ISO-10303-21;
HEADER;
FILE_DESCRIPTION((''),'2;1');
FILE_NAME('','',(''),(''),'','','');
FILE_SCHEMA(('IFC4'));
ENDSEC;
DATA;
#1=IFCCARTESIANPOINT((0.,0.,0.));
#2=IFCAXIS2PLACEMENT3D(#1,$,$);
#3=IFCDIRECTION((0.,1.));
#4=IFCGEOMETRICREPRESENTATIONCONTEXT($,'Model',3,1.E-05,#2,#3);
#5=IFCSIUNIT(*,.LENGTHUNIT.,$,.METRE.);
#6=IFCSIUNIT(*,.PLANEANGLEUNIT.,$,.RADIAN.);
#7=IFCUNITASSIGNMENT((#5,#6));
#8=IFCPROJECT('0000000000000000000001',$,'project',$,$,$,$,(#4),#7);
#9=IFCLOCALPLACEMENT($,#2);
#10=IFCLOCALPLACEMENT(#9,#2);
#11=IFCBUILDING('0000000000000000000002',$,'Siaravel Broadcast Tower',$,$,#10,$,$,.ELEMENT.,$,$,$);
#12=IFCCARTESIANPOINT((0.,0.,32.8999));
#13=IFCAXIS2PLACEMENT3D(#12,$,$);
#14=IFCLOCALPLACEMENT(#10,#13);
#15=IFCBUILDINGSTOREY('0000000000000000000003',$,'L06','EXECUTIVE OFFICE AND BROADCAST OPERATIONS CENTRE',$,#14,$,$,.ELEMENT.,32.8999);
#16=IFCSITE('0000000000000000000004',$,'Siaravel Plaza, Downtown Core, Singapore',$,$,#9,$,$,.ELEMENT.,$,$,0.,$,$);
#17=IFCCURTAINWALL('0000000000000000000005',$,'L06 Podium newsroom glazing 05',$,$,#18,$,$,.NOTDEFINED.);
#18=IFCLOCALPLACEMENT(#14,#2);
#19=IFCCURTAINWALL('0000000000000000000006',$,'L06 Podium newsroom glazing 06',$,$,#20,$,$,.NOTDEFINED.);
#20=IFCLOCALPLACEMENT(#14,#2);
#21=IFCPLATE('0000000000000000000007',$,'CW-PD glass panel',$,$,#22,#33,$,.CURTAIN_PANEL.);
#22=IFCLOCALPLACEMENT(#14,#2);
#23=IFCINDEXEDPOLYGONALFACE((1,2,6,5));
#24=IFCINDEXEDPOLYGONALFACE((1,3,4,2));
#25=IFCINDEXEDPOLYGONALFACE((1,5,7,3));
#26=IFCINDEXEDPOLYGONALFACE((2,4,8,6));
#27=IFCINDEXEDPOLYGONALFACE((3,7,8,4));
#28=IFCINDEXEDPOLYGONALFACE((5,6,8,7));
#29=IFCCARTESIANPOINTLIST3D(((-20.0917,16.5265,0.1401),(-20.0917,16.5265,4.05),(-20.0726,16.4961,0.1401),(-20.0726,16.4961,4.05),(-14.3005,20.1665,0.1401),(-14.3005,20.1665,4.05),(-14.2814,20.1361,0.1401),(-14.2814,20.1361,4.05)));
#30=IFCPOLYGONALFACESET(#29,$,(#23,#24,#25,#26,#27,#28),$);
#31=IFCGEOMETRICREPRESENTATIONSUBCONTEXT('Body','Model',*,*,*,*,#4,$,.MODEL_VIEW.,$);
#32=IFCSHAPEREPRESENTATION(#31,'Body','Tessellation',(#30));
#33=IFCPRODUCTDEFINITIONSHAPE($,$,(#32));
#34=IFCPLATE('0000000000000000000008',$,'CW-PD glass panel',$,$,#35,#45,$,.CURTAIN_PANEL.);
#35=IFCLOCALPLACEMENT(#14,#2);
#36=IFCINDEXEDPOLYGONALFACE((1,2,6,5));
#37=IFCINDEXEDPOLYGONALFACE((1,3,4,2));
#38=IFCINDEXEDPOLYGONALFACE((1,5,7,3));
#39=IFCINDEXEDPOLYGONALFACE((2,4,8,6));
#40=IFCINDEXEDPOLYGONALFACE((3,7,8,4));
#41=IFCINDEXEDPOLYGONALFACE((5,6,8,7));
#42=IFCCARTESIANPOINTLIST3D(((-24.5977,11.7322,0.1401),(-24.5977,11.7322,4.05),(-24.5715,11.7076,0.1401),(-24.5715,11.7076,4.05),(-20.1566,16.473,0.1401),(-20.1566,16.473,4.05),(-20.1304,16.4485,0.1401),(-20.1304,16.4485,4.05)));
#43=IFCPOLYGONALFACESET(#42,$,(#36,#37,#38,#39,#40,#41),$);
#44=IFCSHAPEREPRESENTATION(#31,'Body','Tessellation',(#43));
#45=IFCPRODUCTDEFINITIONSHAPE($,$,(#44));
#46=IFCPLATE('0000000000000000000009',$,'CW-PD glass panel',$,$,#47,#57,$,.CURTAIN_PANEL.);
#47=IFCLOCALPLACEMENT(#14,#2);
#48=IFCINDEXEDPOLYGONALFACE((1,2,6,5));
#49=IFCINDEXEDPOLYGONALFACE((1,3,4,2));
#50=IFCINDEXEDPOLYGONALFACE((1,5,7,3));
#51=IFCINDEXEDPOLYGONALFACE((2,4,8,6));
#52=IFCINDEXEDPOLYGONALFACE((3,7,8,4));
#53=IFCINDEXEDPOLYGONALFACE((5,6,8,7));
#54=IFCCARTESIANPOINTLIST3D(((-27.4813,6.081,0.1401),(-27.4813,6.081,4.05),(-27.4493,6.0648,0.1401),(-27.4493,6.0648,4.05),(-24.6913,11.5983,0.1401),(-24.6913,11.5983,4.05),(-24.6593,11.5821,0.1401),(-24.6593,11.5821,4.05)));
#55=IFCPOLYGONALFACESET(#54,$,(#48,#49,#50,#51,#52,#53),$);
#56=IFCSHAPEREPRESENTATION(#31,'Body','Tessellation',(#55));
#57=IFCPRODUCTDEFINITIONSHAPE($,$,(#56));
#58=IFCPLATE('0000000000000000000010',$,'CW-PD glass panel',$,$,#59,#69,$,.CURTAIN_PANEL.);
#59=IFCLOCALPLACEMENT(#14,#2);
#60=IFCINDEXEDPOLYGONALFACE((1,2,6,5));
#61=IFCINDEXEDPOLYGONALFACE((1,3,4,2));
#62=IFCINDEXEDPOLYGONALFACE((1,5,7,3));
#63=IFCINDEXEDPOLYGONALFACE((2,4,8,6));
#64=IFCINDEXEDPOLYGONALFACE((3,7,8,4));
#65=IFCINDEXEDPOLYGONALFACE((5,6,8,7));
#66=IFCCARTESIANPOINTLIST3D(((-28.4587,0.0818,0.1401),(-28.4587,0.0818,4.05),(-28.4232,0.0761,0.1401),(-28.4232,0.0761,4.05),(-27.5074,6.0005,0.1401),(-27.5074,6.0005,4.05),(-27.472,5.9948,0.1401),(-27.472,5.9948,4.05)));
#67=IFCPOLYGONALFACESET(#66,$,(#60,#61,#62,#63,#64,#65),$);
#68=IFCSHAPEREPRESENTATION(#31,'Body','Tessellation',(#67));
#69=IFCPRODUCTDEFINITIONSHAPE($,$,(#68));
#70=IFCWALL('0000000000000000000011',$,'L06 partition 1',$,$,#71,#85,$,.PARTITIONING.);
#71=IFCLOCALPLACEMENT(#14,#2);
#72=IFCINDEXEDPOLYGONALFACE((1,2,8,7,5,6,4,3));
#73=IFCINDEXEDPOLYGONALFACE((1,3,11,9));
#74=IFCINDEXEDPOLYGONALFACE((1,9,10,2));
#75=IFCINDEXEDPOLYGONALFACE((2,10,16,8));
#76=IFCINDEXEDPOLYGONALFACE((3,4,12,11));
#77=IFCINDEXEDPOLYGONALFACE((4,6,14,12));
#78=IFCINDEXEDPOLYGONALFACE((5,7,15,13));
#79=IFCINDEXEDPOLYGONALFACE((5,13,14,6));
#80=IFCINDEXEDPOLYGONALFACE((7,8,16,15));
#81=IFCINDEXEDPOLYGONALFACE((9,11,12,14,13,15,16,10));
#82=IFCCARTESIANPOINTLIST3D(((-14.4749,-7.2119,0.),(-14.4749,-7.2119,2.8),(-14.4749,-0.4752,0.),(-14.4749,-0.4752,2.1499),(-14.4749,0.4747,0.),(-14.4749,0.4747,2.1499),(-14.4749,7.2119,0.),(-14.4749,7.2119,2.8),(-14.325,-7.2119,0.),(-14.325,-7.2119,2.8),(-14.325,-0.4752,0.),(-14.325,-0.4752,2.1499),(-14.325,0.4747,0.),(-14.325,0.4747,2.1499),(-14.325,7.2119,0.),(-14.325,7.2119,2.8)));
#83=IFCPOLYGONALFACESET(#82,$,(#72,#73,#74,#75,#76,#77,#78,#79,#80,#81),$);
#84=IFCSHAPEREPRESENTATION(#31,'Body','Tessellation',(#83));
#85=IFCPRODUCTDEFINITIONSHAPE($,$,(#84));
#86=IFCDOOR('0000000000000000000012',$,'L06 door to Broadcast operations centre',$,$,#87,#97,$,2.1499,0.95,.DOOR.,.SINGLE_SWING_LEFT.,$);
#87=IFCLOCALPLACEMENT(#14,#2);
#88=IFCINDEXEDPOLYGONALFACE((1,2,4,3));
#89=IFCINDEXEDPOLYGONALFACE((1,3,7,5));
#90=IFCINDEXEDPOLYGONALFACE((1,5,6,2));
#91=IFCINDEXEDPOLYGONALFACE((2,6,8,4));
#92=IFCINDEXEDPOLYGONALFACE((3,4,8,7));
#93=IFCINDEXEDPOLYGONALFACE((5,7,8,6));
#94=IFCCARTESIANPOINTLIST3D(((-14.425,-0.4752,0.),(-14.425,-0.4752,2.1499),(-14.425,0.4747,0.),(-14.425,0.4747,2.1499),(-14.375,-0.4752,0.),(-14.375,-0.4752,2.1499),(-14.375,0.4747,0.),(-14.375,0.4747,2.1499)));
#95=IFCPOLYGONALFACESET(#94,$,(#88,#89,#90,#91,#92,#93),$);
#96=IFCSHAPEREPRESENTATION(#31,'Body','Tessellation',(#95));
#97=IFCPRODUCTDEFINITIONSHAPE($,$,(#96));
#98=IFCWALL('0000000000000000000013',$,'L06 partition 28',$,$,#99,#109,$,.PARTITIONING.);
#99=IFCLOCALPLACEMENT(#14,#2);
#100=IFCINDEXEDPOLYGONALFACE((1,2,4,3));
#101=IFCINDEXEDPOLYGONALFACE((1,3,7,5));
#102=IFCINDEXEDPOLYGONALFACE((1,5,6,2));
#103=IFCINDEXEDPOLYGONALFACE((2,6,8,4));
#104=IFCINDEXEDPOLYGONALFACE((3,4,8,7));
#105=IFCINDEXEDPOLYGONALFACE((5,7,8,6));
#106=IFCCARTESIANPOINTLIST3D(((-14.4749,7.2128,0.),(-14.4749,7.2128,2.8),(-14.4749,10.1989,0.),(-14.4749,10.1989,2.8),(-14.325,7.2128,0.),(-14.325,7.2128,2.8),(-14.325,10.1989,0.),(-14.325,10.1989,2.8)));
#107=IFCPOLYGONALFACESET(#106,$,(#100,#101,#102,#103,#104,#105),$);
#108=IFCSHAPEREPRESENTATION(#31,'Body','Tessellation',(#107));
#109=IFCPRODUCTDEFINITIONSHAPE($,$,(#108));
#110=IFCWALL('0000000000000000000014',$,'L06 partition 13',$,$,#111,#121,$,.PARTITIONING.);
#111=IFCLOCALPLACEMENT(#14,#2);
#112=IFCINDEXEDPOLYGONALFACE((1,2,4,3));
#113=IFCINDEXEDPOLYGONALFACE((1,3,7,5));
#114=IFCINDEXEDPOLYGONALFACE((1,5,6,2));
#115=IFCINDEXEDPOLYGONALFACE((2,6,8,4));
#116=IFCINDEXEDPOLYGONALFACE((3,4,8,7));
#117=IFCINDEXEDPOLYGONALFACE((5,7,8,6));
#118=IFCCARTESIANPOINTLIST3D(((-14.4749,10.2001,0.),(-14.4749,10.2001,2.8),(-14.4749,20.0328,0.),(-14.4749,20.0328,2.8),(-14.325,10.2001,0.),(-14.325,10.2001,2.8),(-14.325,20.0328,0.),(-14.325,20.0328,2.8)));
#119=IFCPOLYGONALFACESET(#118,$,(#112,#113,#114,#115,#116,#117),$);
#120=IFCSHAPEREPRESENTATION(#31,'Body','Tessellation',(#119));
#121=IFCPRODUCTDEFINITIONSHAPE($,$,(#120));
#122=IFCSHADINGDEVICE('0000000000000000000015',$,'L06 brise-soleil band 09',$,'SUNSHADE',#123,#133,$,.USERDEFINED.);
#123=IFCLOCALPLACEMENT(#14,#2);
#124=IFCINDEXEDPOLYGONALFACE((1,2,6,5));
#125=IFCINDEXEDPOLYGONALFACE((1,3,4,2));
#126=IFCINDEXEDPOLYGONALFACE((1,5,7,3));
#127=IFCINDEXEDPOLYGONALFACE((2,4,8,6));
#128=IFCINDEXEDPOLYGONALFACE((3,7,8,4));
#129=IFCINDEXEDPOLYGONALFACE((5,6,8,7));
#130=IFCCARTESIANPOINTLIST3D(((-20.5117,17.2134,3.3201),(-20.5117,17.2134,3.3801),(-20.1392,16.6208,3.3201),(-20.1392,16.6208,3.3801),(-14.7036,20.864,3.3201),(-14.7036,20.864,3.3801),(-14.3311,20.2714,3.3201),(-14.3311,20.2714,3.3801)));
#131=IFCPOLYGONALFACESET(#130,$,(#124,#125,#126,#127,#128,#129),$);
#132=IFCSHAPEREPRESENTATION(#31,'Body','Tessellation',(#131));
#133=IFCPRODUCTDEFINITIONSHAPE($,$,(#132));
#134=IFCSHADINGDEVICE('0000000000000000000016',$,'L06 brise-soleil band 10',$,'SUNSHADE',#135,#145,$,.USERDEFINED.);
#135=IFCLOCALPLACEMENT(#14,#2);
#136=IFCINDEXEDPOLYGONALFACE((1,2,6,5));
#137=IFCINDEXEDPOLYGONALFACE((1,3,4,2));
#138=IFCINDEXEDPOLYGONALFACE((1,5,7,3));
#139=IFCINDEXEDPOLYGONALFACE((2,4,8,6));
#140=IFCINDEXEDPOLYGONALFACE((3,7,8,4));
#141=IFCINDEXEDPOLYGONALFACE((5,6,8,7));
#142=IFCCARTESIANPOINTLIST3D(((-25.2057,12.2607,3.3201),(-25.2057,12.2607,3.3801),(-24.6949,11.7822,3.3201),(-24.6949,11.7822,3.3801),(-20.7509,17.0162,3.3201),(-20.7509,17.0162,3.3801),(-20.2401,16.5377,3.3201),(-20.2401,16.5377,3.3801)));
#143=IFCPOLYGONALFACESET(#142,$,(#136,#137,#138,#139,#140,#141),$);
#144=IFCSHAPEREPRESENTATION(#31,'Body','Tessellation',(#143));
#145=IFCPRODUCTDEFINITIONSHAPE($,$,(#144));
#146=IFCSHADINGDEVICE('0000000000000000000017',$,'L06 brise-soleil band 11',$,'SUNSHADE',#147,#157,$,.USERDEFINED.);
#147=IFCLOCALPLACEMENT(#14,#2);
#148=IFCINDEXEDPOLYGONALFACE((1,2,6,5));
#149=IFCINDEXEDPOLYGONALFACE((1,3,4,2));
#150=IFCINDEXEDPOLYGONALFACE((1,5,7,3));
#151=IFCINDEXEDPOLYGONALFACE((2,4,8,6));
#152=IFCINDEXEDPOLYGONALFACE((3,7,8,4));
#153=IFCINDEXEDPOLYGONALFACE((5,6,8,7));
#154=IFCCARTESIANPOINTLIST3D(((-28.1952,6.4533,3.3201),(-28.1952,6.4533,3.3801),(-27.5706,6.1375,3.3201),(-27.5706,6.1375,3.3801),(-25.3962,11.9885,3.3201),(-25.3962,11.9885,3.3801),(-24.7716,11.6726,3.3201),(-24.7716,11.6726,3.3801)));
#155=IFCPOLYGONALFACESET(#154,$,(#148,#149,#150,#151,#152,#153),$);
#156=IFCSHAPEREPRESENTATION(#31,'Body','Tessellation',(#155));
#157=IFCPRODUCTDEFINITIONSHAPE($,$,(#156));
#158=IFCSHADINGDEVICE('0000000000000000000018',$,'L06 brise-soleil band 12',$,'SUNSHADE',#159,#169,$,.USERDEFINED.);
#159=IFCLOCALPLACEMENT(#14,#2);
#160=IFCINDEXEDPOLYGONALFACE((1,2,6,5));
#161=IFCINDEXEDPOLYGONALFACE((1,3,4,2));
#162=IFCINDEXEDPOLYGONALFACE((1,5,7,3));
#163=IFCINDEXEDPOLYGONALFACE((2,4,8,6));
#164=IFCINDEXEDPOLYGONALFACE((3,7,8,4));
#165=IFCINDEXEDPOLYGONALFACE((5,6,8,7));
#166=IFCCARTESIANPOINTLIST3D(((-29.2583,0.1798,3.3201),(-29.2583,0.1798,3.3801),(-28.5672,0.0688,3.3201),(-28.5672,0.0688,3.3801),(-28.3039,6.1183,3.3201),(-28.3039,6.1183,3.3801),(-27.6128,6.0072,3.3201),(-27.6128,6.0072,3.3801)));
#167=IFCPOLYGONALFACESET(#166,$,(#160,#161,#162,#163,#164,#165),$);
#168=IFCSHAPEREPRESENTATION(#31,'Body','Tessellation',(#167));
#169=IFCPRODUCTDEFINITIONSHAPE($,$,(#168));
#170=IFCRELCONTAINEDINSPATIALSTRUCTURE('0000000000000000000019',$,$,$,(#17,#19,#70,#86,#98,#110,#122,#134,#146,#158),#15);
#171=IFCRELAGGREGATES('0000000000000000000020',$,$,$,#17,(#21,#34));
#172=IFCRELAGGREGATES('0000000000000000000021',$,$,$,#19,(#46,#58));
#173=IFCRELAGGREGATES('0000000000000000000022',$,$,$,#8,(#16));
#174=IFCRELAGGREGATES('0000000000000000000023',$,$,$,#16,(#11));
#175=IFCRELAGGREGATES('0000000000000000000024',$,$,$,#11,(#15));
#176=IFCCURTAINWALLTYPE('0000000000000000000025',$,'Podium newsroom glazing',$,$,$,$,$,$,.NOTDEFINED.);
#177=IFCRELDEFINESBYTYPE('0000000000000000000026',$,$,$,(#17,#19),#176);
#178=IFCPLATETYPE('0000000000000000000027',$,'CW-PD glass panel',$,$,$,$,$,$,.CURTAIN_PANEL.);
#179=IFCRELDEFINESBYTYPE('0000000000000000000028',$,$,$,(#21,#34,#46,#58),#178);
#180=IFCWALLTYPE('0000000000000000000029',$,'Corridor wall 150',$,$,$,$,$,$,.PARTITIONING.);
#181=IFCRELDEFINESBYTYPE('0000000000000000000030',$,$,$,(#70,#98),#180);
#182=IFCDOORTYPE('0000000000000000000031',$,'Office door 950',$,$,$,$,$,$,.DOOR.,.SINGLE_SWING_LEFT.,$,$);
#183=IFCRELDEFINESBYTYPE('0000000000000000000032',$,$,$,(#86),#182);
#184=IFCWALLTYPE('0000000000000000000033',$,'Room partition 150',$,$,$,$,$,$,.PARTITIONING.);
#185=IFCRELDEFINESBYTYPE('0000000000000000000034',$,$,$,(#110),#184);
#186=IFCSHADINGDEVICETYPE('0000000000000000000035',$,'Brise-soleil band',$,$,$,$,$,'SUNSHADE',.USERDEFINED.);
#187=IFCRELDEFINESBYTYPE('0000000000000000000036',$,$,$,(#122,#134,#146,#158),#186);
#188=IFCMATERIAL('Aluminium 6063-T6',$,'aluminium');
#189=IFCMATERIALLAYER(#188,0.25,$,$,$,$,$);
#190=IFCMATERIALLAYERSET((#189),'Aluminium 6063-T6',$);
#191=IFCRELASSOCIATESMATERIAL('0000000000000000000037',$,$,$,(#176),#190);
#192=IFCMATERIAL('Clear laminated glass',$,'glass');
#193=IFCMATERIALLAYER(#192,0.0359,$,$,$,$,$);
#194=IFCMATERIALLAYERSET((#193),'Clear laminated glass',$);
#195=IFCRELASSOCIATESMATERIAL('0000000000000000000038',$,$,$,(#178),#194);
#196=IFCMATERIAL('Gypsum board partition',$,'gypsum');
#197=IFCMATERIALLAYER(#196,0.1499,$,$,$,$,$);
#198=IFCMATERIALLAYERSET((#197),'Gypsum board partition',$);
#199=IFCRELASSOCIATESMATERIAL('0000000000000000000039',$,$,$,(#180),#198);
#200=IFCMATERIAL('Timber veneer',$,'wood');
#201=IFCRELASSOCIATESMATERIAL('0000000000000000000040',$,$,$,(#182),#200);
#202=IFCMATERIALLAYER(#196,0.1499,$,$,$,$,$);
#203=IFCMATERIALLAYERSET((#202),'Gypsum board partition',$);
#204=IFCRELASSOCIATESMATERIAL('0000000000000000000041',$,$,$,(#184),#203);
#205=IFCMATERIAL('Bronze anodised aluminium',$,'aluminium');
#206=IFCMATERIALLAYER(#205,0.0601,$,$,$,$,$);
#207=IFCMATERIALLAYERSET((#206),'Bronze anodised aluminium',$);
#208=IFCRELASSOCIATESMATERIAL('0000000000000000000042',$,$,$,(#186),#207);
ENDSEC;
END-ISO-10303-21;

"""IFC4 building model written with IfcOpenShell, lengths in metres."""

from ifc_helpers import new_model, si_unit, direction, frame, frame_2d, origin, origin_2d, place, context, subcontext, project, spatial, rectangle, extrude, material, layer, layer_set, type_object, element, fill, aggregate, save


model = new_model("IFC4")

# Units and contexts
model_context = context("Model", 3, precision=1e-05, world=origin(), true_north=direction((0.0, 1.0)))
body_context = subcontext(model_context, "Body", "Model", "MODEL_VIEW")
ifc_project = project(units=[si_unit("LENGTHUNIT", "METRE"), si_unit("PLANEANGLEUNIT", "RADIAN")], contexts=[model_context])

# Site, building, storey
site_placement = place(None, origin())
site = spatial("IfcSite", under=ifc_project, at=site_placement, Name="Siaravel Plaza, Downtown Core, Singapore", CompositionType="ELEMENT", RefElevation=0.0)
building_placement = place(site_placement, origin())
building = spatial("IfcBuilding", under=site, at=building_placement, Name="Siaravel Broadcast Tower", CompositionType="ELEMENT")
storey_placement = place(building_placement, frame((0.0, 0.0, 32.8999)))
storey = spatial("IfcBuildingStorey", under=building, at=storey_placement, Name="L06", Description="EXECUTIVE OFFICE AND BROADCAST OPERATIONS CENTRE", CompositionType="ELEMENT", Elevation=32.8999)

# Curtain walls
ifc_material_1 = material(Name="Aluminium 6063-T6", Category="aluminium")
ifc_layer_1 = layer(ifc_material_1, 0.25)
ifc_layer_set_1 = layer_set([ifc_layer_1], Name="Aluminium 6063-T6")
curtain_wall_type = type_object("IfcCurtainWallType", Name="Podium newsroom glazing", PredefinedType="NOTDEFINED", material=ifc_layer_set_1)
curtain_wall_1_placement = place(storey_placement, origin())
curtain_wall_1 = element("IfcCurtainWall", 1, at=curtain_wall_1_placement, inside=storey, type_object=curtain_wall_type, Name="L06 Podium newsroom glazing 05", PredefinedType="NOTDEFINED")
curtain_wall_2_placement = place(storey_placement, origin())
curtain_wall_2 = element("IfcCurtainWall", 2, at=curtain_wall_2_placement, inside=storey, type_object=curtain_wall_type, Name="L06 Podium newsroom glazing 06", PredefinedType="NOTDEFINED")

# Plates
ifc_material_2 = material(Name="Clear laminated glass", Category="glass")
ifc_layer_2 = layer(ifc_material_2, 0.0359)
ifc_layer_set_2 = layer_set([ifc_layer_2], Name="Clear laminated glass")
plate_type = type_object("IfcPlateType", Name="CW-PD glass panel", PredefinedType="CURTAIN_PANEL", material=ifc_layer_set_2)
plate_1_placement = place(storey_placement, frame((-17.1865, 18.3313, 0.1401), z_axis=(0.0, 0.0, 1.0), x_axis=(-0.846651, -0.532148, 0.0)))
plate_1 = element("IfcPlate", 3, at=plate_1_placement, type_object=plate_type, Name="CW-PD glass panel", PredefinedType="CURTAIN_PANEL", context=body_context, shape_type="SweptSolid", body=[
    extrude(rectangle(XDim=6.8401, YDim=0.0359, at=origin_2d()), origin(), (0.0, 0.0, 1.0), 3.9099),
])
plate_2_placement = place(storey_placement, frame((-22.364, 14.0903, 0.1401), z_axis=(0.0, 0.0, 1.0), x_axis=(-0.683656, -0.729804, 0.0)))
plate_2 = element("IfcPlate", 4, at=plate_2_placement, type_object=plate_type, Name="CW-PD glass panel", PredefinedType="CURTAIN_PANEL", context=body_context, shape_type="SweptSolid", body=[
    extrude(rectangle(XDim=6.4961, YDim=0.0359, at=origin_2d()), origin(), (0.0, 0.0, 1.0), 3.9099),
])
aggregate(curtain_wall_1, [plate_1, plate_2])
plate_3_placement = place(storey_placement, frame((-26.0703, 8.8315, 0.1401), z_axis=(0.0, 0.0, 1.0), x_axis=(-0.451262, -0.892391, 0.0)))
plate_3 = element("IfcPlate", 5, at=plate_3_placement, type_object=plate_type, Name="CW-PD glass panel", PredefinedType="CURTAIN_PANEL", context=body_context, shape_type="SweptSolid", body=[
    extrude(rectangle(XDim=6.1826, YDim=0.0359, at=origin_2d()), origin(), (0.0, 0.0, 1.0), 3.9099),
])
plate_4_placement = place(storey_placement, frame((-27.9653, 3.0383, 0.1401), z_axis=(0.0, 0.0, 1.0), x_axis=(-0.158686, -0.987329, 0.0)))
plate_4 = element("IfcPlate", 6, at=plate_4_placement, type_object=plate_type, Name="CW-PD glass panel", PredefinedType="CURTAIN_PANEL", context=body_context, shape_type="SweptSolid", body=[
    extrude(rectangle(XDim=5.9946, YDim=0.0359, at=origin_2d()), origin(), (0.0, 0.0, 1.0), 3.9099),
])
aggregate(curtain_wall_2, [plate_3, plate_4])

# Wall, opening, door
ifc_material_3 = material(Name="Gypsum board partition", Category="gypsum")
ifc_layer_3 = layer(ifc_material_3, 0.1499)
ifc_layer_set_3 = layer_set([ifc_layer_3], Name="Gypsum board partition")
wall_type_1 = type_object("IfcWallType", Name="Corridor wall 150", PredefinedType="PARTITIONING", material=ifc_layer_set_3)
wall_1_placement = place(storey_placement, frame((-14.3999, 7.2119, 0.0), z_axis=(0.0, 0.0, 1.0), x_axis=(0.0, -1.0, 0.0)))
wall_1 = element("IfcWall", 7, at=wall_1_placement, inside=storey, type_object=wall_type_1, Name="L06 partition 1", PredefinedType="PARTITIONING", context=body_context, shape_type="SweptSolid", body=[
    extrude(rectangle(XDim=14.4238, YDim=0.1499, at=frame_2d((7.2119, 0.0))), origin(), (0.0, 0.0, 1.0), 2.8),
])
opening_placement = place(wall_1_placement, frame((6.7371, 0.0, 0.0)))
opening = element("IfcOpeningElement", 8, at=opening_placement, cuts=wall_1, PredefinedType="OPENING", context=body_context, shape_type="SweptSolid", body=[
    extrude(rectangle(XDim=0.95, YDim=2.1499, at=frame_2d((0.4751, 1.075))), frame((0.0, 0.085, 0.0), z_axis=(0.0, -1.0, 0.0), x_axis=(1.0, 0.0, 0.0)), (0.0, 0.0, 1.0), 0.1699),
])
ifc_material_4 = material(Name="Timber veneer", Category="wood")
door_type = type_object("IfcDoorType", Name="Office door 950", OperationType="SINGLE_SWING_LEFT", PredefinedType="DOOR", material=ifc_material_4)
door_placement = place(opening_placement, origin())
door = element("IfcDoor", 9, at=door_placement, inside=storey, type_object=door_type, Name="L06 door to Broadcast operations centre", OperationType="SINGLE_SWING_LEFT", OverallHeight=2.1499, OverallWidth=0.95, PredefinedType="DOOR", context=body_context, shape_type="SweptSolid", body=[
    extrude(rectangle(XDim=0.95, YDim=2.1499, at=frame_2d((0.4751, 1.075))), frame((0.0, 0.0249, 0.0), z_axis=(0.0, -1.0, 0.0), x_axis=(1.0, 0.0, 0.0)), (0.0, 0.0, 1.0), 0.05),
])
fill(opening, door)

# Walls
wall_2_placement = place(storey_placement, frame((-14.3999, 10.199, 0.0), z_axis=(0.0, 0.0, 1.0), x_axis=(0.0, -1.0, 0.0)))
element("IfcWall", 10, at=wall_2_placement, inside=storey, type_object=wall_type_1, Name="L06 partition 28", PredefinedType="PARTITIONING", context=body_context, shape_type="SweptSolid", body=[
    extrude(rectangle(XDim=2.9861, YDim=0.1499, at=frame_2d((1.4932, 0.0))), origin(), (0.0, 0.0, 1.0), 2.8),
])
ifc_layer_4 = layer(ifc_material_3, 0.1499)
ifc_layer_set_4 = layer_set([ifc_layer_4], Name="Gypsum board partition")
wall_type_2 = type_object("IfcWallType", Name="Room partition 150", PredefinedType="PARTITIONING", material=ifc_layer_set_4)
wall_3_placement = place(storey_placement, frame((-14.3999, 10.2, 0.0), z_axis=(0.0, 0.0, 1.0), x_axis=(0.0, 1.0, 0.0)))
element("IfcWall", 11, at=wall_3_placement, inside=storey, type_object=wall_type_2, Name="L06 partition 13", PredefinedType="PARTITIONING", context=body_context, shape_type="SweptSolid", body=[
    extrude(rectangle(XDim=9.8328, YDim=0.1499, at=frame_2d((4.9165, 0.0))), origin(), (0.0, 0.0, 1.0), 2.8),
])

# Shading devices
ifc_material_5 = material(Name="Bronze anodised aluminium", Category="aluminium")
ifc_layer_5 = layer(ifc_material_5, 0.0601)
ifc_layer_set_5 = layer_set([ifc_layer_5], Name="Bronze anodised aluminium")
shading_device_type = type_object("IfcShadingDeviceType", Name="Brise-soleil band", ElementType="SUNSHADE", PredefinedType="USERDEFINED", material=ifc_layer_set_5)
shading_device_1_placement = place(storey_placement, frame((-17.4214, 18.7424, 3.3201), z_axis=(0.0, 0.0, 1.0), x_axis=(-0.846651, -0.532148, 0.0)))
element("IfcShadingDevice", 12, at=shading_device_1_placement, inside=storey, type_object=shading_device_type, Name="L06 brise-soleil band 09", ObjectType="SUNSHADE", PredefinedType="USERDEFINED", context=body_context, shape_type="SweptSolid", body=[
    extrude(rectangle(XDim=6.8601, YDim=0.7, at=origin_2d()), origin(), (0.0, 0.0, 1.0), 0.0601),
])
shading_device_2_placement = place(storey_placement, frame((-22.7229, 14.3992, 3.3201), z_axis=(0.0, 0.0, 1.0), x_axis=(-0.683656, -0.729804, 0.0)))
element("IfcShadingDevice", 13, at=shading_device_2_placement, inside=storey, type_object=shading_device_type, Name="L06 brise-soleil band 10", ObjectType="SUNSHADE", PredefinedType="USERDEFINED", context=body_context, shape_type="SweptSolid", body=[
    extrude(rectangle(XDim=6.5161, YDim=0.7, at=origin_2d()), origin(), (0.0, 0.0, 1.0), 0.0601),
])
shading_device_3_placement = place(storey_placement, frame((-26.4834, 9.063, 3.3201), z_axis=(0.0, 0.0, 1.0), x_axis=(-0.451262, -0.892391, 0.0)))
element("IfcShadingDevice", 14, at=shading_device_3_placement, inside=storey, type_object=shading_device_type, Name="L06 brise-soleil band 11", ObjectType="SUNSHADE", PredefinedType="USERDEFINED", context=body_context, shape_type="SweptSolid", body=[
    extrude(rectangle(XDim=6.2026, YDim=0.7, at=origin_2d()), origin(), (0.0, 0.0, 1.0), 0.0601),
])
shading_device_4_placement = place(storey_placement, frame((-28.4355, 3.0935, 3.3201), z_axis=(0.0, 0.0, 1.0), x_axis=(-0.158685, -0.987329, 0.0)))
element("IfcShadingDevice", 15, at=shading_device_4_placement, inside=storey, type_object=shading_device_type, Name="L06 brise-soleil band 12", ObjectType="SUNSHADE", PredefinedType="USERDEFINED", context=body_context, shape_type="SweptSolid", body=[
    extrude(rectangle(XDim=6.0146, YDim=0.7, at=origin_2d()), origin(), (0.0, 0.0, 1.0), 0.0601),
])

save(model, "model.ifc")
